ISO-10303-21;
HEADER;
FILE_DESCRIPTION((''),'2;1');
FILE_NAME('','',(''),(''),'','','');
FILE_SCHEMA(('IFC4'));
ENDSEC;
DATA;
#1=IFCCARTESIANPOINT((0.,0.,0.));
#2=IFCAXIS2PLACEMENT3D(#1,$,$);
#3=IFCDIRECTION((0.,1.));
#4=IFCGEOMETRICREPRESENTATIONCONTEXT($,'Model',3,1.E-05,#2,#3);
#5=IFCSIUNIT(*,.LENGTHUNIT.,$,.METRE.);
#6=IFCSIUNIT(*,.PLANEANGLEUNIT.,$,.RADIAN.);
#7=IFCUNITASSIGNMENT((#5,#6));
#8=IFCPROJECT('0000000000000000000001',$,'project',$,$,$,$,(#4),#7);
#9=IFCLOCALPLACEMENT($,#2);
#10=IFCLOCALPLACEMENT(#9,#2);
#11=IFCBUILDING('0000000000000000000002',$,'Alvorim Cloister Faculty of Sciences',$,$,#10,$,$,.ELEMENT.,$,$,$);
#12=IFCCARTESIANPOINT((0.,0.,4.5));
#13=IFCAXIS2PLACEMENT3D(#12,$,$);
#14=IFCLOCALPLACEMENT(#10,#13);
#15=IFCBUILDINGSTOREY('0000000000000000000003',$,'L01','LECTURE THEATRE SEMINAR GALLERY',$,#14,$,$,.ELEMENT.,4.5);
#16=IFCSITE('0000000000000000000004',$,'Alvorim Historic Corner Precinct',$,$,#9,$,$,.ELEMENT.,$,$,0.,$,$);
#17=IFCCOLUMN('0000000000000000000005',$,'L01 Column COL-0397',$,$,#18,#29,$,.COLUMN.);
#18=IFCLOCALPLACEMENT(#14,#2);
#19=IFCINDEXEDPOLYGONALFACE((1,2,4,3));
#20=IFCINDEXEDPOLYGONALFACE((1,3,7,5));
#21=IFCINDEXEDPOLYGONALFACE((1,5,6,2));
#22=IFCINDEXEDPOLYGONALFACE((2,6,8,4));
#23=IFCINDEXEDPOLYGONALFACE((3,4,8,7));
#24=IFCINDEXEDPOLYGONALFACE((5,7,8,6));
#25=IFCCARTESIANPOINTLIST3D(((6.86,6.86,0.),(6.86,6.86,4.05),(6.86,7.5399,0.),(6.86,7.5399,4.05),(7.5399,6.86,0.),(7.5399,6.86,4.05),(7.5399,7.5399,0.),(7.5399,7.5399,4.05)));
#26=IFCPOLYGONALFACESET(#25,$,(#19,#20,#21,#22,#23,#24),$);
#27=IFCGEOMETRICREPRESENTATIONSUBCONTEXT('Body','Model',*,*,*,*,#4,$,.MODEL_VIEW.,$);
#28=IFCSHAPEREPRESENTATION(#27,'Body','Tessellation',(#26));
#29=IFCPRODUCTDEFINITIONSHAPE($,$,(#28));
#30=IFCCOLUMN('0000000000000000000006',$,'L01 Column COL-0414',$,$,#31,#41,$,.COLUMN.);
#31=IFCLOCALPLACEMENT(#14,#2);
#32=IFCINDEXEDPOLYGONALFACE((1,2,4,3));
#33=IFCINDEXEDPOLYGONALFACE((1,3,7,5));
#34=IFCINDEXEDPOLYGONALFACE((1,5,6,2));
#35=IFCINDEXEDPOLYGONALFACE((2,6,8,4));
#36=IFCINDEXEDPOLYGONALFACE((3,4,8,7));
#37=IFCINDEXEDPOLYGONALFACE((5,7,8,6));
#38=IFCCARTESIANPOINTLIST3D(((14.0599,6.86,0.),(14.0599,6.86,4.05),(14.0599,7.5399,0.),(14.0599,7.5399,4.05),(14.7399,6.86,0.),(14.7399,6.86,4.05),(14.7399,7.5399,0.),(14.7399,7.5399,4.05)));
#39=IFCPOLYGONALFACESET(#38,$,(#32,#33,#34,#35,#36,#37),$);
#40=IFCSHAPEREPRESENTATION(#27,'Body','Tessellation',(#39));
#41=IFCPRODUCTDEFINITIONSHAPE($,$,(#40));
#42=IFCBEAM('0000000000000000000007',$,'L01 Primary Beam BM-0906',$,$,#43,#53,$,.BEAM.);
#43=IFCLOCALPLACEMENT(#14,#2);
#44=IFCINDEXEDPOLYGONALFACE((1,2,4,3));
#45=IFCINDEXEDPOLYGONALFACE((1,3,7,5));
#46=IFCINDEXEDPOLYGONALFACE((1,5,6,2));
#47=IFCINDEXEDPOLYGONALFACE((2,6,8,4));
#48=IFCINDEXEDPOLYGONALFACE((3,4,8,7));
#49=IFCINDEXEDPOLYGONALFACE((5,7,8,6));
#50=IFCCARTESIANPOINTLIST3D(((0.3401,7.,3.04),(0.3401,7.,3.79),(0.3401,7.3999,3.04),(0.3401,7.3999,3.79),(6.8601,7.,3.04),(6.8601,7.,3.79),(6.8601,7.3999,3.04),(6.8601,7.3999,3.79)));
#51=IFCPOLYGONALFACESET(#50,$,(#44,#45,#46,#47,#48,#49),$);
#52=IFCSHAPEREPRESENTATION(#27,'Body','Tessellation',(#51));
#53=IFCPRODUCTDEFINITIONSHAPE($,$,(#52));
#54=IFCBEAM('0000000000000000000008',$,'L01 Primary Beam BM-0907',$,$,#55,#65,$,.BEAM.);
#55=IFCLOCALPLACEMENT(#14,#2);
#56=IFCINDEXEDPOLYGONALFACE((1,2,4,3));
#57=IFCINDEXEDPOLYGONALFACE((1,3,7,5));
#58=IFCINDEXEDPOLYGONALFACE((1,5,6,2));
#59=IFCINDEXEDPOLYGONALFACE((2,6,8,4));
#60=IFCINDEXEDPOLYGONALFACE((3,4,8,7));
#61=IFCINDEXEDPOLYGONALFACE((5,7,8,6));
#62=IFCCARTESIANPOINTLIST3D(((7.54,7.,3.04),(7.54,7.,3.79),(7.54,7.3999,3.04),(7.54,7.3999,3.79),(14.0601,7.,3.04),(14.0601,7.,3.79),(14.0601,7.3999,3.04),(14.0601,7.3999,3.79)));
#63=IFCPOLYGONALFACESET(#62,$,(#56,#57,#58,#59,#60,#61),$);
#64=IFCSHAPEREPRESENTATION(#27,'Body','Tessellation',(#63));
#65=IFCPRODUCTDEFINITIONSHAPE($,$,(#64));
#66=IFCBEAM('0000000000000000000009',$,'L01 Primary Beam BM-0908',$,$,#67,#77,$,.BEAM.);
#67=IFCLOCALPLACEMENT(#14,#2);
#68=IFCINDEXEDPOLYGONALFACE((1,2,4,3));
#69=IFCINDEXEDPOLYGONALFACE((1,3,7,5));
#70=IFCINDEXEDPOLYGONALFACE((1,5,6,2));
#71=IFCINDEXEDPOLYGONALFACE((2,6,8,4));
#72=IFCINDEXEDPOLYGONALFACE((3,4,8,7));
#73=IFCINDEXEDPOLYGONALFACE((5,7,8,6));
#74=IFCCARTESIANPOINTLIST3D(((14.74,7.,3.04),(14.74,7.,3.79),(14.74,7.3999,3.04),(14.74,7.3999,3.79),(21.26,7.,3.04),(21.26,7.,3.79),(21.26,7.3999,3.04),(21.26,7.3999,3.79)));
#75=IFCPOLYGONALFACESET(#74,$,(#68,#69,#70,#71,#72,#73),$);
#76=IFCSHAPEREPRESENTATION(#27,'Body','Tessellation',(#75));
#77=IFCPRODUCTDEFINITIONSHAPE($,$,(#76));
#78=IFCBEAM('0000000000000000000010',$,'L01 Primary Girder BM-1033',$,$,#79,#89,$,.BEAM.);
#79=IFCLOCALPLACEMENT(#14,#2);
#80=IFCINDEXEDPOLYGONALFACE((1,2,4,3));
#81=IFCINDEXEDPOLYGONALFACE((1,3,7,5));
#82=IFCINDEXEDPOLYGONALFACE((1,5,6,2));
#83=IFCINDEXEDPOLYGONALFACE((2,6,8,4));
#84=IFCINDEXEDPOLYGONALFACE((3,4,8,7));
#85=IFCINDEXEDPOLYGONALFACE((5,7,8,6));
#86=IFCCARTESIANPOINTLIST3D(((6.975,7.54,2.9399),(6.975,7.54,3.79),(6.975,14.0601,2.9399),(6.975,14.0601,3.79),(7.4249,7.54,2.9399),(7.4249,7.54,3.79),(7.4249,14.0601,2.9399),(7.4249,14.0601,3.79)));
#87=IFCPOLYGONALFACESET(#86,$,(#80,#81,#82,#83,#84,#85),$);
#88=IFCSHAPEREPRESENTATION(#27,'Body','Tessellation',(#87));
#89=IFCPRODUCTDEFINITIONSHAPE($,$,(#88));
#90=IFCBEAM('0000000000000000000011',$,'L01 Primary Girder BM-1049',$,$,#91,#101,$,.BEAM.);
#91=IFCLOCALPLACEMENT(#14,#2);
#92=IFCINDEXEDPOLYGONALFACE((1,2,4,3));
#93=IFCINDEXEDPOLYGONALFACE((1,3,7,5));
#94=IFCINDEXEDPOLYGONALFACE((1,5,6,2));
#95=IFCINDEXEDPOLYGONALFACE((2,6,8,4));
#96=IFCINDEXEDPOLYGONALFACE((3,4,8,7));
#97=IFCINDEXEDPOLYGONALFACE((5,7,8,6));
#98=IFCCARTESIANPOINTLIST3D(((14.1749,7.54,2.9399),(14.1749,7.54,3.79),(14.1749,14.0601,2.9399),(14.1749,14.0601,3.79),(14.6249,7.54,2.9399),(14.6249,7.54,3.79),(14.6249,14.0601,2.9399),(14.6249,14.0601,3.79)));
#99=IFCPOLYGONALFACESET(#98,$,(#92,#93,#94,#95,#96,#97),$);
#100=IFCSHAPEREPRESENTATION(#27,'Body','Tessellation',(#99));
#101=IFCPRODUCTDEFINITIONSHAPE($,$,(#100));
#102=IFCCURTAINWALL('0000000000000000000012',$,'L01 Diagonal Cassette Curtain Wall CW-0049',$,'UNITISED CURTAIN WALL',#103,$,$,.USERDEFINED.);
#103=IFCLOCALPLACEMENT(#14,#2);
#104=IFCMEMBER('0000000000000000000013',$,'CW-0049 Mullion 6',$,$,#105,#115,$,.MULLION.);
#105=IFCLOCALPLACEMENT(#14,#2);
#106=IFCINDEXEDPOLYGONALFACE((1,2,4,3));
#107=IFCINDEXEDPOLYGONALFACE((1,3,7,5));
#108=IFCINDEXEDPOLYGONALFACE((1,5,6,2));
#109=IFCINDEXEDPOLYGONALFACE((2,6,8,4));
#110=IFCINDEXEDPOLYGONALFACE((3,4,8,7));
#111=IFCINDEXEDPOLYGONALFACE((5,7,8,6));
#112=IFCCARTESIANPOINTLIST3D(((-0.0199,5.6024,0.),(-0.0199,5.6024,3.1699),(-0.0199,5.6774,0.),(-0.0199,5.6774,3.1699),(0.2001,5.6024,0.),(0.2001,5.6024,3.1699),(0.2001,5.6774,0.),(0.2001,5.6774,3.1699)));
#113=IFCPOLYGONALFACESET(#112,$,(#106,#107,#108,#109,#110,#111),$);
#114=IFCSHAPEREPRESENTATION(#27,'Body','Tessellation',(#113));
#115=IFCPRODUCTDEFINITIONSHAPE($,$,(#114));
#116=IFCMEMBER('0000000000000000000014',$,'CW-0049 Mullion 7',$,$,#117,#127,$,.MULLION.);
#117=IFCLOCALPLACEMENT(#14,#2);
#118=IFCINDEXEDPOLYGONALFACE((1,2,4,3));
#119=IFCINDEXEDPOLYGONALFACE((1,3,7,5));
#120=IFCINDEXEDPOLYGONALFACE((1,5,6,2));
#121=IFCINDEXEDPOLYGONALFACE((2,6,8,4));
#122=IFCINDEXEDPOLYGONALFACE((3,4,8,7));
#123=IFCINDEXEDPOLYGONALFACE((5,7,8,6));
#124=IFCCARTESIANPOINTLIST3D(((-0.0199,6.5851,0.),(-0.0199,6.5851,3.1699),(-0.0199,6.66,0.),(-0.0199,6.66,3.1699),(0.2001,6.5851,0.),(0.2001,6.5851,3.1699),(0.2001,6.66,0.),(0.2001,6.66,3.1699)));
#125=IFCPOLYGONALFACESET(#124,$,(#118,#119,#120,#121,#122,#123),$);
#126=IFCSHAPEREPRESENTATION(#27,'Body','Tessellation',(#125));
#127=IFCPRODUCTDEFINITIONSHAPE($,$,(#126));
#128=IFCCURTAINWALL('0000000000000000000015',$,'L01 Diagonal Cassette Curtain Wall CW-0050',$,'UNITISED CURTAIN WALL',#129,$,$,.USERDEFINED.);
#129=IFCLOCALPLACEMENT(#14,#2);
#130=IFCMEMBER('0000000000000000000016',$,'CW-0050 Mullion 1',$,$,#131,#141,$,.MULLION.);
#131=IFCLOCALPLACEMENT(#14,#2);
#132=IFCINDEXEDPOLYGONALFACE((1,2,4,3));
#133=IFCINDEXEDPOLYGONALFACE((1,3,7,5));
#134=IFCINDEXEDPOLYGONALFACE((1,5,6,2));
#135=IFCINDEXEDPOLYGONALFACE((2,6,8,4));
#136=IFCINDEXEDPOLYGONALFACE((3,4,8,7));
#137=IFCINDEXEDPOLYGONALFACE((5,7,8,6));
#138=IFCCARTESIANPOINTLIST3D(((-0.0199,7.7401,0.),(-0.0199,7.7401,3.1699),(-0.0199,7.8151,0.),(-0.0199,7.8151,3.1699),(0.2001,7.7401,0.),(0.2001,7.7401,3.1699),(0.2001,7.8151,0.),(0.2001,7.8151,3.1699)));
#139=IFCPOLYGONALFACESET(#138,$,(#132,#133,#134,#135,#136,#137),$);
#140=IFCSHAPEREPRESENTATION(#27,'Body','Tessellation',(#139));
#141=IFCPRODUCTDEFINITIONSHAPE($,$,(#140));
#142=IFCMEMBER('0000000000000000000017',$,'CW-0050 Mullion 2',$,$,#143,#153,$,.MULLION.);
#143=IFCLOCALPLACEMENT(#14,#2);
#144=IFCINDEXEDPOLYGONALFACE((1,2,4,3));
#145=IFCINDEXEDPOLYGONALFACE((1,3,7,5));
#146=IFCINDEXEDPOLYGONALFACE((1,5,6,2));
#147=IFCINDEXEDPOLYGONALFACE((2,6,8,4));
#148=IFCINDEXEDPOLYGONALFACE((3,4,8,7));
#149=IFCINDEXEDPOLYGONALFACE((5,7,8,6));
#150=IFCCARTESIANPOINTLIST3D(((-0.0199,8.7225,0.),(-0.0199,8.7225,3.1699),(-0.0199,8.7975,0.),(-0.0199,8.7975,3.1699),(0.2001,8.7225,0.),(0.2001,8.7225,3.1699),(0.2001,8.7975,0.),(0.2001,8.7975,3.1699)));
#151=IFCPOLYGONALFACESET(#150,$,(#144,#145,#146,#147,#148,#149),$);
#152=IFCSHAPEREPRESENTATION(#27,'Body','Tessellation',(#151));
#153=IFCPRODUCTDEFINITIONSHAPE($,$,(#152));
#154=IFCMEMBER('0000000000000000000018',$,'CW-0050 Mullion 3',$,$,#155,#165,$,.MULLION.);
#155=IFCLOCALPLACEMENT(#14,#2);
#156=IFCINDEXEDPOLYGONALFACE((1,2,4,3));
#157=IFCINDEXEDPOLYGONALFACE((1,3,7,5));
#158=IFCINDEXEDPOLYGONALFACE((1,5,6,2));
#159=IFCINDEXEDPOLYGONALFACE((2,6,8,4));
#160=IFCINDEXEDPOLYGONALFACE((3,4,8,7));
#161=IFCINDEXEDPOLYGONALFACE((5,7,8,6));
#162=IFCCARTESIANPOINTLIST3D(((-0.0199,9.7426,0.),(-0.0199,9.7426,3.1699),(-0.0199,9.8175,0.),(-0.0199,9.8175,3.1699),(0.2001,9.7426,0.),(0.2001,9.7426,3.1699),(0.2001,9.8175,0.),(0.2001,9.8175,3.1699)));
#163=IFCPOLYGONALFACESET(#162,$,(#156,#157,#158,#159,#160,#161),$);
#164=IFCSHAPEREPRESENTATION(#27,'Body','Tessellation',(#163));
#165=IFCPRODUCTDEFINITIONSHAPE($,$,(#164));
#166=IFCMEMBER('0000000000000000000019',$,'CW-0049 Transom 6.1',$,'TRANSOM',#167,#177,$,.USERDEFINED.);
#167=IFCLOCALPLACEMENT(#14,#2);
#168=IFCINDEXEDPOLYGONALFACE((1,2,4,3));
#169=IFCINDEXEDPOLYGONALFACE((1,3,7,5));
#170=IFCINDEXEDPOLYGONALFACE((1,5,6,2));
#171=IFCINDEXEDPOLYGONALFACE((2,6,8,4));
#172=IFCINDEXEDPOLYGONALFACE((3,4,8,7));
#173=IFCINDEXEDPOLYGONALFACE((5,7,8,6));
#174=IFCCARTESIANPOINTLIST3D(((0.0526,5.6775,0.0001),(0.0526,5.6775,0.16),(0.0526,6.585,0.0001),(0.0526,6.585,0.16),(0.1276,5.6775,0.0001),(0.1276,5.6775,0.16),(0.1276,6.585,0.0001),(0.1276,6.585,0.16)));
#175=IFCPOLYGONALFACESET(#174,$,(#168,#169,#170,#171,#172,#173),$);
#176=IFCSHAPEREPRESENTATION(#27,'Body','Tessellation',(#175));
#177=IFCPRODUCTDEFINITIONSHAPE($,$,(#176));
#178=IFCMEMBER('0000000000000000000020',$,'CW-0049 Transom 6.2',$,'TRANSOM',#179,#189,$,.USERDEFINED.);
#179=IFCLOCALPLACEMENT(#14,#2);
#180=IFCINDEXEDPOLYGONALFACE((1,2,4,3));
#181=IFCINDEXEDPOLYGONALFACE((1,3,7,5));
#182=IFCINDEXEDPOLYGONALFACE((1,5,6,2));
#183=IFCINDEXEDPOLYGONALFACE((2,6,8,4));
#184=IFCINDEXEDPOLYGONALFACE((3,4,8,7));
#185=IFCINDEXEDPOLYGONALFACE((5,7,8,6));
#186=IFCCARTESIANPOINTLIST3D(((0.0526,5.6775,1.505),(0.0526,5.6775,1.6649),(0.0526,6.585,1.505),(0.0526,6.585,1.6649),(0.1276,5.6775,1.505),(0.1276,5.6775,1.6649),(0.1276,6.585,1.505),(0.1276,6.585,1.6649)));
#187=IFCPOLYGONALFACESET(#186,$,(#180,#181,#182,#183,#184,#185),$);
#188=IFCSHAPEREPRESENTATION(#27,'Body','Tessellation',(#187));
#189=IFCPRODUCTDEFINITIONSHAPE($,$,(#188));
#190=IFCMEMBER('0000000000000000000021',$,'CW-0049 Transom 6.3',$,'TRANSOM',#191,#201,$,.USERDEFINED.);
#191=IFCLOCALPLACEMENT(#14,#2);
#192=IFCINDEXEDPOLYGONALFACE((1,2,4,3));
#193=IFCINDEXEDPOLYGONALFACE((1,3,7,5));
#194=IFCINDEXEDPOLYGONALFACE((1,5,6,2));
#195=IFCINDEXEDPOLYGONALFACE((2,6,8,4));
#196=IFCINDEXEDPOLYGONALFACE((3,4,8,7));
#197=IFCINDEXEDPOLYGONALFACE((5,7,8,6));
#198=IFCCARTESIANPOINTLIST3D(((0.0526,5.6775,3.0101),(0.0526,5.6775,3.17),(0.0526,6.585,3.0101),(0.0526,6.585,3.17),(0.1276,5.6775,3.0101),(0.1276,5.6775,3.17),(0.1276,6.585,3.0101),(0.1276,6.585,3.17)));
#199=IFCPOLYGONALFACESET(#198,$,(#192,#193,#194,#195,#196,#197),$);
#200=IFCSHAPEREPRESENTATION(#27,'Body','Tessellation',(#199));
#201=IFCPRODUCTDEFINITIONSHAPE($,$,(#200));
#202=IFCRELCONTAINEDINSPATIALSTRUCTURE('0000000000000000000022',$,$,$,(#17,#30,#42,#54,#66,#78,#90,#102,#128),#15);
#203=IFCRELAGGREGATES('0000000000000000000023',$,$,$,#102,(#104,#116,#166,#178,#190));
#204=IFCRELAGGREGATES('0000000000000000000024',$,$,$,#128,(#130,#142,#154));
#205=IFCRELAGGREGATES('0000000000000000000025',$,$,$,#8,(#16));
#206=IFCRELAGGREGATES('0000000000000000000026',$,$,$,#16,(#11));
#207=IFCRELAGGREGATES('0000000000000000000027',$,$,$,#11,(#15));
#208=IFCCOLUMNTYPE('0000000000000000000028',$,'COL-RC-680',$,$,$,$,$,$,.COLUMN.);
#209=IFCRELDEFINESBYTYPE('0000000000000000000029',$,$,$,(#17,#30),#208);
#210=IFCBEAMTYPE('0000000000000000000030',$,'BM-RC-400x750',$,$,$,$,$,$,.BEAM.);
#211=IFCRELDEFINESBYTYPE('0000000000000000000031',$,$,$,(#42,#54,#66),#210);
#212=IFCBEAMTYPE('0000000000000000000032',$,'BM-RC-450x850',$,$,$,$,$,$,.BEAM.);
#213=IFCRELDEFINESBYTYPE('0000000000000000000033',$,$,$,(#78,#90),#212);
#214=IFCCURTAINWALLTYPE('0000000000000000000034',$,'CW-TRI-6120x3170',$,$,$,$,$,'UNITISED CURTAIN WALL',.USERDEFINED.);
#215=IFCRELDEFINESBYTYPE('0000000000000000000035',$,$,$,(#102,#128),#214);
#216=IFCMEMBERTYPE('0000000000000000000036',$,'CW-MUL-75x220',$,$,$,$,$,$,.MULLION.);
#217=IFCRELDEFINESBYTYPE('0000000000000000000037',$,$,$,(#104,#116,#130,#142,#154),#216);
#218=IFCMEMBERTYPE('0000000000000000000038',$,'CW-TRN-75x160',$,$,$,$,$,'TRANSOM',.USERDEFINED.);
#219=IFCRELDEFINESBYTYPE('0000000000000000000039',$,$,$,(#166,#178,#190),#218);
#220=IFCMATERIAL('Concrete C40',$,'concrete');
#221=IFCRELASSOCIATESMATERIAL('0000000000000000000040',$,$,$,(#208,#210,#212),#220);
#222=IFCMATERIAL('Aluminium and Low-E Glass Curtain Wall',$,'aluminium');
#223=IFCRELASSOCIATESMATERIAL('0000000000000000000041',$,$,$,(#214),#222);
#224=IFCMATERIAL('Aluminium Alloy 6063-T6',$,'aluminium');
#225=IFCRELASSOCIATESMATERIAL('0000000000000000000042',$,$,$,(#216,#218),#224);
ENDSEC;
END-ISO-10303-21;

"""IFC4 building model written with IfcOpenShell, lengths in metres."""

from ifc_helpers import new_model, si_unit, direction, frame, origin, origin_2d, place, context, subcontext, project, spatial, rectangle, extrude, material, material_profile, profile_set, type_object, element, aggregate, save


model = new_model("IFC4")

# Units and contexts
model_context = context("Model", 3, precision=1e-05, world=origin(), true_north=direction((0.0, 1.0)))
body_context = subcontext(model_context, "Body", "Model", "MODEL_VIEW")
ifc_project = project(units=[si_unit("LENGTHUNIT", "METRE"), si_unit("PLANEANGLEUNIT", "RADIAN")], contexts=[model_context])

# Site, building, storey
site_placement = place(None, origin())
site = spatial("IfcSite", under=ifc_project, at=site_placement, Name="Alvorim Historic Corner Precinct", CompositionType="ELEMENT", RefElevation=0.0)
building_placement = place(site_placement, origin())
building = spatial("IfcBuilding", under=site, at=building_placement, Name="Alvorim Cloister Faculty of Sciences", CompositionType="ELEMENT")
storey_placement = place(building_placement, frame((0.0, 0.0, 4.5)))
storey = spatial("IfcBuildingStorey", under=building, at=storey_placement, Name="L01", Description="LECTURE THEATRE SEMINAR GALLERY", CompositionType="ELEMENT", Elevation=4.5)

# Columns
ifc_material_1 = material(Name="Concrete C40", Category="concrete")
ifc_material_profile_1 = material_profile(ifc_material_1, rectangle(XDim=0.6799, YDim=0.6799, at=origin_2d()), Name="RC40-COL-680x680")
ifc_profile_set_1 = profile_set([ifc_material_profile_1], Name="Concrete C40")
column_type = type_object("IfcColumnType", Name="COL-RC-680", PredefinedType="COLUMN", material=ifc_profile_set_1)
for number, where, z_axis, x_axis, name in (
    (1, (7.2, 7.2, 0.0), (0.0, 0.0, 1.0), (1.0, 0.0, 0.0), "L01 Column COL-0397"),
    (2, (14.3999, 7.2, 0.0), (0.0, 0.0, 1.0), (1.0, 0.0, 0.0), "L01 Column COL-0414"),
):
    element("IfcColumn", number, at=place(storey_placement, frame(where, z_axis=z_axis, x_axis=x_axis)), inside=storey, type_object=column_type, Name=name, PredefinedType="COLUMN", context=body_context, shape_type="SweptSolid", body=[
        extrude(rectangle(XDim=0.6799, YDim=0.6799, at=origin_2d()), origin(), (0.0, 0.0, 1.0), 4.05),
    ])

# Beams
ifc_material_profile_2 = material_profile(ifc_material_1, rectangle(XDim=0.3999, YDim=0.75, at=origin_2d()), Name="RC40-BM-400x750")
ifc_profile_set_2 = profile_set([ifc_material_profile_2], Name="Concrete C40")
beam_type_1 = type_object("IfcBeamType", Name="BM-RC-400x750", PredefinedType="BEAM", material=ifc_profile_set_2)
for number, where, z_axis, x_axis, name in (
    (3, (0.3401, 7.2, 3.415), (1.0, 0.0, 0.0), (0.0, 1.0, 0.0), "L01 Primary Beam BM-0906"),
    (4, (7.54, 7.2, 3.415), (1.0, 0.0, 0.0), (0.0, 1.0, 0.0), "L01 Primary Beam BM-0907"),
    (5, (14.74, 7.2, 3.415), (1.0, 0.0, 0.0), (0.0, 1.0, 0.0), "L01 Primary Beam BM-0908"),
):
    element("IfcBeam", number, at=place(storey_placement, frame(where, z_axis=z_axis, x_axis=x_axis)), inside=storey, type_object=beam_type_1, Name=name, PredefinedType="BEAM", context=body_context, shape_type="SweptSolid", body=[
        extrude(rectangle(XDim=0.3999, YDim=0.75, at=origin_2d()), origin(), (0.0, 0.0, 1.0), 6.52),
    ])
ifc_material_profile_3 = material_profile(ifc_material_1, rectangle(XDim=0.45, YDim=0.8501, at=origin_2d()), Name="RC40-BM-450x850")
ifc_profile_set_3 = profile_set([ifc_material_profile_3], Name="Concrete C40")
beam_type_2 = type_object("IfcBeamType", Name="BM-RC-450x850", PredefinedType="BEAM", material=ifc_profile_set_3)
for number, where, z_axis, x_axis, name in (
    (6, (7.2, 7.54, 3.365), (0.0, 1.0, 0.0), (-1.0, 0.0, 0.0), "L01 Primary Girder BM-1033"),
    (7, (14.3999, 7.54, 3.365), (0.0, 1.0, 0.0), (-1.0, 0.0, 0.0), "L01 Primary Girder BM-1049"),
):
    element("IfcBeam", number, at=place(storey_placement, frame(where, z_axis=z_axis, x_axis=x_axis)), inside=storey, type_object=beam_type_2, Name=name, PredefinedType="BEAM", context=body_context, shape_type="SweptSolid", body=[
        extrude(rectangle(XDim=0.45, YDim=0.8501, at=origin_2d()), origin(), (0.0, 0.0, 1.0), 6.52),
    ])

# Curtain walls, members
ifc_material_2 = material(Name="Aluminium and Low-E Glass Curtain Wall", Category="aluminium")
curtain_wall_type = type_object("IfcCurtainWallType", Name="CW-TRI-6120x3170", ElementType="UNITISED CURTAIN WALL", PredefinedType="USERDEFINED", material=ifc_material_2)
curtain_wall_1_placement = place(storey_placement, origin())
curtain_wall_1 = element("IfcCurtainWall", 8, at=curtain_wall_1_placement, inside=storey, type_object=curtain_wall_type, Name="L01 Diagonal Cassette Curtain Wall CW-0049", ObjectType="UNITISED CURTAIN WALL", PredefinedType="USERDEFINED")
ifc_material_3 = material(Name="Aluminium Alloy 6063-T6", Category="aluminium")
ifc_material_profile_4 = material_profile(ifc_material_3, rectangle(XDim=0.075, YDim=0.22, at=origin_2d()), Name="ALU-MUL-75x220")
ifc_profile_set_4 = profile_set([ifc_material_profile_4], Name="Aluminium Alloy 6063-T6")
member_type_1 = type_object("IfcMemberType", Name="CW-MUL-75x220", PredefinedType="MULLION", material=ifc_profile_set_4)
member_1_placement = place(storey_placement, frame((0.0901, 5.6399, 0.0), z_axis=(0.0, 0.0, 1.0), x_axis=(0.0, 1.0, 0.0)))
member_1 = element("IfcMember", 9, at=member_1_placement, type_object=member_type_1, Name="CW-0049 Mullion 6", PredefinedType="MULLION", context=body_context, shape_type="SweptSolid", body=[
    extrude(rectangle(XDim=0.075, YDim=0.22, at=origin_2d()), origin(), (0.0, 0.0, 1.0), 3.1699),
])
member_2_placement = place(storey_placement, frame((0.0901, 6.6226, 0.0), z_axis=(0.0, 0.0, 1.0), x_axis=(0.0, 1.0, 0.0)))
member_2 = element("IfcMember", 10, at=member_2_placement, type_object=member_type_1, Name="CW-0049 Mullion 7", PredefinedType="MULLION", context=body_context, shape_type="SweptSolid", body=[
    extrude(rectangle(XDim=0.075, YDim=0.22, at=origin_2d()), origin(), (0.0, 0.0, 1.0), 3.1699),
])
curtain_wall_2_placement = place(storey_placement, origin())
curtain_wall_2 = element("IfcCurtainWall", 11, at=curtain_wall_2_placement, inside=storey, type_object=curtain_wall_type, Name="L01 Diagonal Cassette Curtain Wall CW-0050", ObjectType="UNITISED CURTAIN WALL", PredefinedType="USERDEFINED")
member_3_placement = place(storey_placement, frame((0.0901, 7.7776, 0.0), z_axis=(0.0, 0.0, 1.0), x_axis=(0.0, 1.0, 0.0)))
member_3 = element("IfcMember", 12, at=member_3_placement, type_object=member_type_1, Name="CW-0050 Mullion 1", PredefinedType="MULLION", context=body_context, shape_type="SweptSolid", body=[
    extrude(rectangle(XDim=0.075, YDim=0.22, at=origin_2d()), origin(), (0.0, 0.0, 1.0), 3.1699),
])
member_4_placement = place(storey_placement, frame((0.0901, 8.76, 0.0), z_axis=(0.0, 0.0, 1.0), x_axis=(0.0, 1.0, 0.0)))
member_4 = element("IfcMember", 13, at=member_4_placement, type_object=member_type_1, Name="CW-0050 Mullion 2", PredefinedType="MULLION", context=body_context, shape_type="SweptSolid", body=[
    extrude(rectangle(XDim=0.075, YDim=0.22, at=origin_2d()), origin(), (0.0, 0.0, 1.0), 3.1699),
])
member_5_placement = place(storey_placement, frame((0.0901, 9.78, 0.0), z_axis=(0.0, 0.0, 1.0), x_axis=(0.0, 1.0, 0.0)))
member_5 = element("IfcMember", 14, at=member_5_placement, type_object=member_type_1, Name="CW-0050 Mullion 3", PredefinedType="MULLION", context=body_context, shape_type="SweptSolid", body=[
    extrude(rectangle(XDim=0.075, YDim=0.22, at=origin_2d()), origin(), (0.0, 0.0, 1.0), 3.1699),
])

# Members
ifc_material_profile_5 = material_profile(ifc_material_3, rectangle(XDim=0.075, YDim=0.1599, at=origin_2d()), Name="ALU-TRN-75x160")
ifc_profile_set_5 = profile_set([ifc_material_profile_5], Name="Aluminium Alloy 6063-T6")
member_type_2 = type_object("IfcMemberType", Name="CW-TRN-75x160", ElementType="TRANSOM", PredefinedType="USERDEFINED", material=ifc_profile_set_5)
member_6_placement = place(storey_placement, frame((0.0901, 5.6775, 0.0801), z_axis=(0.0, 1.0, 0.0), x_axis=(-1.0, 0.0, 0.0)))
member_6 = element("IfcMember", 15, at=member_6_placement, type_object=member_type_2, Name="CW-0049 Transom 6.1", ObjectType="TRANSOM", PredefinedType="USERDEFINED", context=body_context, shape_type="SweptSolid", body=[
    extrude(rectangle(XDim=0.075, YDim=0.1599, at=origin_2d()), origin(), (0.0, 0.0, 1.0), 0.9075),
])
member_7_placement = place(storey_placement, frame((0.0901, 5.6775, 1.585), z_axis=(0.0, 1.0, 0.0), x_axis=(-1.0, 0.0, 0.0)))
member_7 = element("IfcMember", 16, at=member_7_placement, type_object=member_type_2, Name="CW-0049 Transom 6.2", ObjectType="TRANSOM", PredefinedType="USERDEFINED", context=body_context, shape_type="SweptSolid", body=[
    extrude(rectangle(XDim=0.075, YDim=0.1599, at=origin_2d()), origin(), (0.0, 0.0, 1.0), 0.9075),
])
member_8_placement = place(storey_placement, frame((0.0901, 5.6775, 3.0901), z_axis=(0.0, 1.0, 0.0), x_axis=(-1.0, 0.0, 0.0)))
member_8 = element("IfcMember", 17, at=member_8_placement, type_object=member_type_2, Name="CW-0049 Transom 6.3", ObjectType="TRANSOM", PredefinedType="USERDEFINED", context=body_context, shape_type="SweptSolid", body=[
    extrude(rectangle(XDim=0.075, YDim=0.1599, at=origin_2d()), origin(), (0.0, 0.0, 1.0), 0.9075),
])
aggregate(curtain_wall_1, [member_1, member_2, member_6, member_7, member_8])
aggregate(curtain_wall_2, [member_3, member_4, member_5])

save(model, "model.ifc")
